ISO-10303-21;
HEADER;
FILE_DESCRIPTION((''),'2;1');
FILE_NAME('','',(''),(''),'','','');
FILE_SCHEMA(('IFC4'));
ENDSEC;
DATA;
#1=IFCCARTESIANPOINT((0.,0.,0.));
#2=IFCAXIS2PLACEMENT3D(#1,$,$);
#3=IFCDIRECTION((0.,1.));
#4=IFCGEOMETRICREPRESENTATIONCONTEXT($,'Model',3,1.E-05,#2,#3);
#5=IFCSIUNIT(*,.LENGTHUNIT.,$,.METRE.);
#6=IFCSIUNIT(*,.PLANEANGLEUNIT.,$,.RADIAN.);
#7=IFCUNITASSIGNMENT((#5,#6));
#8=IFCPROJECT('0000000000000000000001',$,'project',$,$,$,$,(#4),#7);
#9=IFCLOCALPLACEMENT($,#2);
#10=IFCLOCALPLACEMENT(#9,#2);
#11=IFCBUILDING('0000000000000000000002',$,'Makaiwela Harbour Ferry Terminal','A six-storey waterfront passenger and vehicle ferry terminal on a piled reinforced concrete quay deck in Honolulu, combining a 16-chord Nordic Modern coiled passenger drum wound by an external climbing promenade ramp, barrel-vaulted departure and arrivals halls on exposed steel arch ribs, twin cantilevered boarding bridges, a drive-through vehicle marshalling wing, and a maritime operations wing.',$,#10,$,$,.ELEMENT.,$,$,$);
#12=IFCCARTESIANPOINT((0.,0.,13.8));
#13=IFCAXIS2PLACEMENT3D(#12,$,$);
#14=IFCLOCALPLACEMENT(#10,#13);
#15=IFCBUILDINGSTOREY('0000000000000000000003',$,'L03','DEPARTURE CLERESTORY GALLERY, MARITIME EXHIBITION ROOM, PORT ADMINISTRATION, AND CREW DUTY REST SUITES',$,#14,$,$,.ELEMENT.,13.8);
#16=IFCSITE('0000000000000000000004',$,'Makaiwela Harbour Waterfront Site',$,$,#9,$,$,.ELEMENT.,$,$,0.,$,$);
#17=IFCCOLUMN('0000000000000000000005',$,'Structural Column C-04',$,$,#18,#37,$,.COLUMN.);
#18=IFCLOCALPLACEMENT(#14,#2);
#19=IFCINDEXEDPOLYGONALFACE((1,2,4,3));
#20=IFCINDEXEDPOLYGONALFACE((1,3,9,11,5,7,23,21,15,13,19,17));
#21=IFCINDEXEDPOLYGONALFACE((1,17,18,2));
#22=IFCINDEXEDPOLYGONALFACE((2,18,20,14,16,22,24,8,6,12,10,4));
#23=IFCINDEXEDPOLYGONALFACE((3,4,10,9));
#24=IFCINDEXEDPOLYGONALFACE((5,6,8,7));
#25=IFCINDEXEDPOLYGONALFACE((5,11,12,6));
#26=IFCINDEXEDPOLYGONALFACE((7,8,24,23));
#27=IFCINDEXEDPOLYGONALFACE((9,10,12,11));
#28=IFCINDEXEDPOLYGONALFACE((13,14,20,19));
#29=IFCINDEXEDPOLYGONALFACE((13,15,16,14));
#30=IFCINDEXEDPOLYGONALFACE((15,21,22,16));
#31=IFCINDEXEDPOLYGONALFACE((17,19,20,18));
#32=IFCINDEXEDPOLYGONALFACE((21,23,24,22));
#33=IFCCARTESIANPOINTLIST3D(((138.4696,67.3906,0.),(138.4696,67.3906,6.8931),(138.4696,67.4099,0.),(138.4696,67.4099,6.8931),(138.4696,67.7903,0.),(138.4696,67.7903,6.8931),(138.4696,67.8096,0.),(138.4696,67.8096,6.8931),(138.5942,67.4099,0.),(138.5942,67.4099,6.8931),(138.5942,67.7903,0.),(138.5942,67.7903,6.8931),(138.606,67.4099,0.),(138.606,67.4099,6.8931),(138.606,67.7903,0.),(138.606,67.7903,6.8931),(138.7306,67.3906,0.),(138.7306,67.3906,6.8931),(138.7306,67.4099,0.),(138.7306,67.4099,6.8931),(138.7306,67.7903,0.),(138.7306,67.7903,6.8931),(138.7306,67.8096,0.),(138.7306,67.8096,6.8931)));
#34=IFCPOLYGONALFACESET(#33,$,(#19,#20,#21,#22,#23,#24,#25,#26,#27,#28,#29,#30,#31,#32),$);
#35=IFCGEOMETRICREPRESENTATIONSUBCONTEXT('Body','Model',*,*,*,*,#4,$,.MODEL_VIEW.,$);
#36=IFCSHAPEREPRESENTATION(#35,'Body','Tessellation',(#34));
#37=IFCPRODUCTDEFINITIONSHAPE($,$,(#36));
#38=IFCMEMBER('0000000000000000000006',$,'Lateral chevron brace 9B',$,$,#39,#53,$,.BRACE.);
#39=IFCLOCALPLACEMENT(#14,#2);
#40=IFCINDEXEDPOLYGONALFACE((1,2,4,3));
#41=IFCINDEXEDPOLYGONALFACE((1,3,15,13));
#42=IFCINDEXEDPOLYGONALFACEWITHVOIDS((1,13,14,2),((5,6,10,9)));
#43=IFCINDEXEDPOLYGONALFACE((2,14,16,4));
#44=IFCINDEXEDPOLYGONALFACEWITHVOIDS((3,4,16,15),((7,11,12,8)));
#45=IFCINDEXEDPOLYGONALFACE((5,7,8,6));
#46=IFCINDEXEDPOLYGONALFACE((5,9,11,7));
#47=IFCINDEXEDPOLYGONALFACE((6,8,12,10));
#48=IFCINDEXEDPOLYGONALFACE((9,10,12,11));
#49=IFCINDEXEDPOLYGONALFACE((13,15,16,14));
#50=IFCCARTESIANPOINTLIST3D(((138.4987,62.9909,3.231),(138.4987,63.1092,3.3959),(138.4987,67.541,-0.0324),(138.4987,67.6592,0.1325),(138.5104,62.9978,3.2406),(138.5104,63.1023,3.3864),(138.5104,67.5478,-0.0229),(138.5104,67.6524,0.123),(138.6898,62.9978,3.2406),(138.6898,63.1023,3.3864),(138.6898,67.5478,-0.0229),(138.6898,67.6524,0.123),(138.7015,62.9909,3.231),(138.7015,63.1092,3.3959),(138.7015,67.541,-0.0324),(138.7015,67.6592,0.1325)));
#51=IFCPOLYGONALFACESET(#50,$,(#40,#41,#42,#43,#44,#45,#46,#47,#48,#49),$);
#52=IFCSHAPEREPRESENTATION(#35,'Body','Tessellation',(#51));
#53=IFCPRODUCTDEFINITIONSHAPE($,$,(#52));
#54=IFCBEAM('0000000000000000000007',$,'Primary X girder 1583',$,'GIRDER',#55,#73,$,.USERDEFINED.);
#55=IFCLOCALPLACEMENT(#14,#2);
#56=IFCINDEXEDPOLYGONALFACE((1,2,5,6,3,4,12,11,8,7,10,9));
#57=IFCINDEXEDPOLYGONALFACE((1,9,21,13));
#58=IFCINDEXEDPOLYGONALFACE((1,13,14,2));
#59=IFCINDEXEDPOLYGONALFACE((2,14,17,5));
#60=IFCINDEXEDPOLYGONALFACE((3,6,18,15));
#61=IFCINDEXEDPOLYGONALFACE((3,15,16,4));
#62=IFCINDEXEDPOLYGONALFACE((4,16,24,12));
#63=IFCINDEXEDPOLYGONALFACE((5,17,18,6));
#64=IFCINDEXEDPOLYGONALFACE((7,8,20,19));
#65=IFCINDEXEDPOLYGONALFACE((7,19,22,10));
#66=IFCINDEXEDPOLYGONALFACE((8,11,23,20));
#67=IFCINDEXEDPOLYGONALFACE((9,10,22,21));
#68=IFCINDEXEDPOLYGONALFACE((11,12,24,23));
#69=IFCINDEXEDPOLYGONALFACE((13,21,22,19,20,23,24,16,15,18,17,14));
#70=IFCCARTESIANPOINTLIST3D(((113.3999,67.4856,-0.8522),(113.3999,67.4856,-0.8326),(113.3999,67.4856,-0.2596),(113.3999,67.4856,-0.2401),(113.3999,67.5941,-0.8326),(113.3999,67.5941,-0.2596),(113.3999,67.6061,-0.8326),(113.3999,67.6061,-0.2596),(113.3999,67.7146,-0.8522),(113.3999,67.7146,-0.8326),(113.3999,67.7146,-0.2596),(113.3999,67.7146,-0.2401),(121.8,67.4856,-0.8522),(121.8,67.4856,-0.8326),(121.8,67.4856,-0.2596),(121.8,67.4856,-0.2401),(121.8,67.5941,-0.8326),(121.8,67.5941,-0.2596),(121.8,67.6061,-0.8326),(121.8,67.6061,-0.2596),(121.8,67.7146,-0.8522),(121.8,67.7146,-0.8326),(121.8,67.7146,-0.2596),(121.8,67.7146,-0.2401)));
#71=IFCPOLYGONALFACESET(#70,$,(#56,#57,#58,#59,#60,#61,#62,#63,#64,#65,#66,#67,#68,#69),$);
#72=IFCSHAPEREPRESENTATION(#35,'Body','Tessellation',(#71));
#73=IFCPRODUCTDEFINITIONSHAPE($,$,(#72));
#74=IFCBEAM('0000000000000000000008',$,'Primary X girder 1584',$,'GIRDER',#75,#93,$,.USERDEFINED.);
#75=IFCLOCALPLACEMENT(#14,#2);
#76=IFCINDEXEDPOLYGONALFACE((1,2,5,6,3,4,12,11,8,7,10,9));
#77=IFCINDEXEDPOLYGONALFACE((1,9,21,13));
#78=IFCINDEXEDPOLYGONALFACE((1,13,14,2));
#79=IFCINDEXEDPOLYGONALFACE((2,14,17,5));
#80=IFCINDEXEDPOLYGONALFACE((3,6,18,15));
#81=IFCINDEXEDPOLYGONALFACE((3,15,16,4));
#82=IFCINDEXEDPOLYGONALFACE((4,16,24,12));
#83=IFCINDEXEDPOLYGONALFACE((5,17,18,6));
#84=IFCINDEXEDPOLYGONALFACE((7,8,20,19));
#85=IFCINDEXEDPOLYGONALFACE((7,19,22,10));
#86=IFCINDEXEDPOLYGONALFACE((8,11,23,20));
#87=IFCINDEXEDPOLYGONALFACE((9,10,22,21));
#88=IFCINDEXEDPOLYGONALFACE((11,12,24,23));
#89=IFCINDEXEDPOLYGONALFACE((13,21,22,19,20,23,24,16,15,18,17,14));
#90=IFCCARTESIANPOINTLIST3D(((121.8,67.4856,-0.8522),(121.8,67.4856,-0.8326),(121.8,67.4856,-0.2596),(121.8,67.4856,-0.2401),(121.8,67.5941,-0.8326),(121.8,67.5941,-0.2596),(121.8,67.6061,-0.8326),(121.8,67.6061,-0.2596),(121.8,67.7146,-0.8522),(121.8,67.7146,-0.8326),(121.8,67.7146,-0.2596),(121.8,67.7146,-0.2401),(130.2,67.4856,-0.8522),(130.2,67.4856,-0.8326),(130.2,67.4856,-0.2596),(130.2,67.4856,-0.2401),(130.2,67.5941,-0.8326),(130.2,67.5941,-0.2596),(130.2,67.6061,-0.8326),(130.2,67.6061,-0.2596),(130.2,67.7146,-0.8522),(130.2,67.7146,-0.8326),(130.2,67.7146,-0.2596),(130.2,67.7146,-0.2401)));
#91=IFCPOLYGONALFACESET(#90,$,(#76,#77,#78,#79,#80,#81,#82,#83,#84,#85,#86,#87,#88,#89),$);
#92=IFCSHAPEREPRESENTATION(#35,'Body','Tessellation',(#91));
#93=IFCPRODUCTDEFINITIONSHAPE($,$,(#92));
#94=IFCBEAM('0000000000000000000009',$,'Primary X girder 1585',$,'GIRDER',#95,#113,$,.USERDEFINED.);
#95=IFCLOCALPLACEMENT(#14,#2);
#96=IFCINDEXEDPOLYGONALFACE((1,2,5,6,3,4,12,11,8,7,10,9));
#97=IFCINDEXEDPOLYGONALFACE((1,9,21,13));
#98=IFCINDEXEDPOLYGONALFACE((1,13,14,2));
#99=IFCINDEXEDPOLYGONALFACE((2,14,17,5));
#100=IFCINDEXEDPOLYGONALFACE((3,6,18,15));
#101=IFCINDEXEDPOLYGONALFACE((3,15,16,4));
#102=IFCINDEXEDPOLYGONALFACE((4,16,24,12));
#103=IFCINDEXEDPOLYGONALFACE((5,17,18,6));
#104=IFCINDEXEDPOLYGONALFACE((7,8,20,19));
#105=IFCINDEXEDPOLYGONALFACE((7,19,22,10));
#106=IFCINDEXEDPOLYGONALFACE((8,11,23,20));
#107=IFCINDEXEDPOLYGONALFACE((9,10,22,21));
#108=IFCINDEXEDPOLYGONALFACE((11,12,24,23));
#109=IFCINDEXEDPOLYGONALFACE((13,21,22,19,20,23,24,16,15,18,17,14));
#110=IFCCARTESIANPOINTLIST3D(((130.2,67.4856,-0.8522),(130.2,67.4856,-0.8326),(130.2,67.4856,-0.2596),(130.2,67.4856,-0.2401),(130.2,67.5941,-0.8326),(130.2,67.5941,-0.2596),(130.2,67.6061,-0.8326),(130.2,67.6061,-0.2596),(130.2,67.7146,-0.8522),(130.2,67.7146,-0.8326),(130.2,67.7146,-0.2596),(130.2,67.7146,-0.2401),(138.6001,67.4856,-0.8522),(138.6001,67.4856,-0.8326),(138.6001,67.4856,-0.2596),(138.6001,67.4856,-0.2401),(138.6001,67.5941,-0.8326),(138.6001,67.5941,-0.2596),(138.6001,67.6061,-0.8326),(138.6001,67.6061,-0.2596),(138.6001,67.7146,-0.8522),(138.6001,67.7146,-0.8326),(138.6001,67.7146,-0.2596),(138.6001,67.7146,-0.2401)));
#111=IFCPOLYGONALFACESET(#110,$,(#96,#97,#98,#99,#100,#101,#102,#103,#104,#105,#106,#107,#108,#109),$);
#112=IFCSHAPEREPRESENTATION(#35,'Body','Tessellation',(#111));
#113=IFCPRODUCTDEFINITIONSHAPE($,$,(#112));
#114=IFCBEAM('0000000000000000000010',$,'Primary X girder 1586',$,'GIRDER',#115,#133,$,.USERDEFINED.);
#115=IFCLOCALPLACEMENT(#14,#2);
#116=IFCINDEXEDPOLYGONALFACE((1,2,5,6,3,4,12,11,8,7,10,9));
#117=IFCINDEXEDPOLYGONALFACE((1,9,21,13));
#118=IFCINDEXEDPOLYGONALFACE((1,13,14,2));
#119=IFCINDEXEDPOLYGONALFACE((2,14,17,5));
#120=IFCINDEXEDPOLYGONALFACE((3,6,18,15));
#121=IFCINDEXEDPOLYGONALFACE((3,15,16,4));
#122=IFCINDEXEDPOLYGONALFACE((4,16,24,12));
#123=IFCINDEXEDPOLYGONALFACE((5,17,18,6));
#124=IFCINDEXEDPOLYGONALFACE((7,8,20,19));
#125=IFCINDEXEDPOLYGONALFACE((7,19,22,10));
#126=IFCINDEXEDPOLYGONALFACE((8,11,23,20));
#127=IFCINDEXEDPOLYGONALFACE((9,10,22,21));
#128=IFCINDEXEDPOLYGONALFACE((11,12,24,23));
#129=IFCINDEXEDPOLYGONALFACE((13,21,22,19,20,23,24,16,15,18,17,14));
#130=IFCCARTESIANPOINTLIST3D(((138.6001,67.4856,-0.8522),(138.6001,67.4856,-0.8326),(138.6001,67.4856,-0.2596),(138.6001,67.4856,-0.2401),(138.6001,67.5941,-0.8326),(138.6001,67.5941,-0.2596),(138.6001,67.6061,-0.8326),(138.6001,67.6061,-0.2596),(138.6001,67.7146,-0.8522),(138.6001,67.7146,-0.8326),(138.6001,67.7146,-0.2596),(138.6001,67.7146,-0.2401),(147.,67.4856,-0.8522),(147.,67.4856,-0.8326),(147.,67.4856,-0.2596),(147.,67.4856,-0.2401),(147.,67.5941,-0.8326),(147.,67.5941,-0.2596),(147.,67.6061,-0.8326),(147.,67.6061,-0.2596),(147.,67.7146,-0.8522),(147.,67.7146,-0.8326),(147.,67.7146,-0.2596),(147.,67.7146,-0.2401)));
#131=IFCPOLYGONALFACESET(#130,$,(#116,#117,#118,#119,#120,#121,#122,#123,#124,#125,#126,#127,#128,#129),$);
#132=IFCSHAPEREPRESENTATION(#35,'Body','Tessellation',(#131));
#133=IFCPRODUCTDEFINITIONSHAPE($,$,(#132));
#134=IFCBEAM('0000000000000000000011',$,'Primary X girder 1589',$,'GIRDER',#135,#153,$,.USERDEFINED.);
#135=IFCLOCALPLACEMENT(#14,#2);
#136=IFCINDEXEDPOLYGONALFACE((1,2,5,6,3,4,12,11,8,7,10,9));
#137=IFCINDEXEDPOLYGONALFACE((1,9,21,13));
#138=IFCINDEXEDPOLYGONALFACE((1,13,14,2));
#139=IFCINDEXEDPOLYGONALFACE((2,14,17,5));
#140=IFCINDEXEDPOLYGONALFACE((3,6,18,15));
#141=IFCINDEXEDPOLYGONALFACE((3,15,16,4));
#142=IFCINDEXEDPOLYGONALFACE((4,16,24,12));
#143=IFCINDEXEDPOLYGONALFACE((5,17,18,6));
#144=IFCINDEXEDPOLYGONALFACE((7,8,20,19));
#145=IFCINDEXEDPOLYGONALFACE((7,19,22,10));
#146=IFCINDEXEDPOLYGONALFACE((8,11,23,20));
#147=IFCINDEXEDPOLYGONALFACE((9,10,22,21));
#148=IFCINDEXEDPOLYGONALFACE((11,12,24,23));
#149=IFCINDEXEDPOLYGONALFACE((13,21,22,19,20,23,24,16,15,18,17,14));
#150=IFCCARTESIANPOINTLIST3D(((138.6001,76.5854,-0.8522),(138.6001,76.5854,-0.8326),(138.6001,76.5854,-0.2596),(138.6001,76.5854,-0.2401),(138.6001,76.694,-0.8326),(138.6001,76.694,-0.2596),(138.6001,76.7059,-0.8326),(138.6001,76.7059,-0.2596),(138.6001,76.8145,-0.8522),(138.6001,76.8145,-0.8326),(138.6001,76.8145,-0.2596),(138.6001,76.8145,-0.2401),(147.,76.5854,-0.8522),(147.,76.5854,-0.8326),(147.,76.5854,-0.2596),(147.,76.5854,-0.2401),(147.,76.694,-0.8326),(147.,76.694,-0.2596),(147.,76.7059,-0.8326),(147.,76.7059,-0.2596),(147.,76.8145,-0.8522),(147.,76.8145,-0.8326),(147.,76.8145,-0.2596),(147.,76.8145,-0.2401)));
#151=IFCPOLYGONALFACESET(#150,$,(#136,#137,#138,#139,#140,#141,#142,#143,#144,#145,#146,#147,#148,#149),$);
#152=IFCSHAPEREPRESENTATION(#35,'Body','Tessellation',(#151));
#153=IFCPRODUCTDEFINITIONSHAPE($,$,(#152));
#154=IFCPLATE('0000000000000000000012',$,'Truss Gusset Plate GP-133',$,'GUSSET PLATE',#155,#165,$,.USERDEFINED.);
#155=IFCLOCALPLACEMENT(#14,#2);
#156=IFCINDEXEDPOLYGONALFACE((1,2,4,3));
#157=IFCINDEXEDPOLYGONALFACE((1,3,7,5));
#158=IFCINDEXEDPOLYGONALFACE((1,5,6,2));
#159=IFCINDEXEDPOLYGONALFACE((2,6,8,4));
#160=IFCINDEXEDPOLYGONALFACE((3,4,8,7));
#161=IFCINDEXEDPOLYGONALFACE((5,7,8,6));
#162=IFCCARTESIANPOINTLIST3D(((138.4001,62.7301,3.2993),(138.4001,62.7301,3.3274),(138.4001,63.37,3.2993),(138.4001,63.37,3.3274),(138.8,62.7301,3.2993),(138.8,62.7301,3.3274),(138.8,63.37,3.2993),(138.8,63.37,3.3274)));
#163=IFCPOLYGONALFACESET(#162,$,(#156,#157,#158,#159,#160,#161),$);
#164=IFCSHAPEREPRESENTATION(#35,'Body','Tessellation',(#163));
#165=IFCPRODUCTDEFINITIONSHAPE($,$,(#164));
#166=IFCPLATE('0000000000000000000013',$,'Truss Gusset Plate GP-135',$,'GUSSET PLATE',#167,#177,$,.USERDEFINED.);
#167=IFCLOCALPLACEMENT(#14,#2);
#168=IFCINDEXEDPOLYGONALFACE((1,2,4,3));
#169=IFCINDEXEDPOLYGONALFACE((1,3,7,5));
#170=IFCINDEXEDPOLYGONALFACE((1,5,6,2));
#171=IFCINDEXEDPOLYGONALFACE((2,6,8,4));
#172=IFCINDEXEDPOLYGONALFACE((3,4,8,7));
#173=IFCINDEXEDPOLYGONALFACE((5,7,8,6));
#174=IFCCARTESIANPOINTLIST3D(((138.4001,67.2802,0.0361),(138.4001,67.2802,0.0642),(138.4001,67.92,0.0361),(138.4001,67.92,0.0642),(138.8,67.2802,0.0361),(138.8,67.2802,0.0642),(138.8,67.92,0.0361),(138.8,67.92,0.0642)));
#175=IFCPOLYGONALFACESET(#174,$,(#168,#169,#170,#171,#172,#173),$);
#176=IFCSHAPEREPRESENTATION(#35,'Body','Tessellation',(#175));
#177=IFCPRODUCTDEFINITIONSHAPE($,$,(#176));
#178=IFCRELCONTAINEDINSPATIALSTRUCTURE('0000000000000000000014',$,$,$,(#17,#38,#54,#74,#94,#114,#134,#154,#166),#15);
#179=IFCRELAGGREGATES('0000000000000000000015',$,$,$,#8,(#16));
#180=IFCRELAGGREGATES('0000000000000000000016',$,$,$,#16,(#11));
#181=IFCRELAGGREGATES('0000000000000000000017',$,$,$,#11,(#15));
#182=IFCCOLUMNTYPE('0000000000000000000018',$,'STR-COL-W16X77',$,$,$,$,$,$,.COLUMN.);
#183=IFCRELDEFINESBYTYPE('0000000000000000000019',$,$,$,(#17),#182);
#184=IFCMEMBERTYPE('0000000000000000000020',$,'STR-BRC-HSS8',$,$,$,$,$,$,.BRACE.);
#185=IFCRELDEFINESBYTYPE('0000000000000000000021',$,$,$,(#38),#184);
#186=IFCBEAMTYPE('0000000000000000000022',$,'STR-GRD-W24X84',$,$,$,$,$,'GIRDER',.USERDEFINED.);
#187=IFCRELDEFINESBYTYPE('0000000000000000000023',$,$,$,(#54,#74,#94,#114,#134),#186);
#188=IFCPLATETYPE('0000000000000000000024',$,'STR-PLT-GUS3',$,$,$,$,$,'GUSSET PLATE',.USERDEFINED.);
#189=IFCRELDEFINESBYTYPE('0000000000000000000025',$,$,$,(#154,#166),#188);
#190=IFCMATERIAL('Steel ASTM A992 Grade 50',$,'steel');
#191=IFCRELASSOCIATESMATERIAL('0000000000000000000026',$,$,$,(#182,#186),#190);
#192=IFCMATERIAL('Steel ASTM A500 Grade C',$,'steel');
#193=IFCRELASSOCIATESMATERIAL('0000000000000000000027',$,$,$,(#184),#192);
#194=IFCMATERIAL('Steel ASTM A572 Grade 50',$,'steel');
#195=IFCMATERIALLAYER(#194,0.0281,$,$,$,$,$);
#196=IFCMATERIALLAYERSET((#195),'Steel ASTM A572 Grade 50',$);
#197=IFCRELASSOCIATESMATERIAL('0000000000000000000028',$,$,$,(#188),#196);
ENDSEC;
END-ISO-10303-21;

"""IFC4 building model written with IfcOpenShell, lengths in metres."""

from ifc_helpers import new_model, si_unit, direction, frame, origin, origin_2d, place, context, subcontext, project, spatial, rectangle, hollow_rectangle, i_section, extrude, material, layer, layer_set, material_profile, profile_set, type_object, element, save


model = new_model("IFC4")

# Units and contexts
model_context = context("Model", 3, precision=1e-05, world=origin(), true_north=direction((0.0, 1.0)))
body_context = subcontext(model_context, "Body", "Model", "MODEL_VIEW")
ifc_project = project(units=[si_unit("LENGTHUNIT", "METRE"), si_unit("PLANEANGLEUNIT", "RADIAN")], contexts=[model_context])

# Site, building, storey
site_placement = place(None, origin())
site = spatial("IfcSite", under=ifc_project, at=site_placement, Name="Makaiwela Harbour Waterfront Site", CompositionType="ELEMENT", RefElevation=0.0)
building_placement = place(site_placement, origin())
building = spatial("IfcBuilding", under=site, at=building_placement, Name="Makaiwela Harbour Ferry Terminal", Description="A six-storey waterfront passenger and vehicle ferry terminal on a piled reinforced concrete quay deck in Honolulu, combining a 16-chord Nordic Modern coiled passenger drum wound by an external climbing promenade ramp, barrel-vaulted departure and arrivals halls on exposed steel arch ribs, twin cantilevered boarding bridges, a drive-through vehicle marshalling wing, and a maritime operations wing.", CompositionType="ELEMENT")
storey_placement = place(building_placement, frame((0.0, 0.0, 13.8)))
storey = spatial("IfcBuildingStorey", under=building, at=storey_placement, Name="L03", Description="DEPARTURE CLERESTORY GALLERY, MARITIME EXHIBITION ROOM, PORT ADMINISTRATION, AND CREW DUTY REST SUITES", CompositionType="ELEMENT", Elevation=13.8)

# Column
ifc_material_1 = material(Name="Steel ASTM A992 Grade 50", Category="steel")
ifc_material_profile_1 = material_profile(ifc_material_1, i_section(OverallWidth=0.261, OverallDepth=0.4189, WebThickness=0.0117, FlangeThickness=0.0193, at=origin_2d()), Name="W16X77")
ifc_profile_set_1 = profile_set([ifc_material_profile_1], Name="Steel ASTM A992 Grade 50")
column_type = type_object("IfcColumnType", Name="STR-COL-W16X77", PredefinedType="COLUMN", material=ifc_profile_set_1)
column_placement = place(storey_placement, frame((138.6001, 67.6001, 0.0), z_axis=(0.0, 0.0, 1.0), x_axis=(1.0, 0.0, 0.0)))
element("IfcColumn", 1, at=column_placement, inside=storey, type_object=column_type, Name="Structural Column C-04", PredefinedType="COLUMN", context=body_context, shape_type="SweptSolid", body=[
    extrude(i_section(OverallWidth=0.261, OverallDepth=0.4189, WebThickness=0.0117, FlangeThickness=0.0193, at=origin_2d()), origin(), (0.0, 0.0, 1.0), 6.8931),
])

# Member
ifc_material_2 = material(Name="Steel ASTM A500 Grade C", Category="steel")
ifc_material_profile_2 = material_profile(ifc_material_2, hollow_rectangle(XDim=0.2029, YDim=0.2029, WallThickness=0.0117, at=origin_2d()), Name="HSS8X8X1/2")
ifc_profile_set_2 = profile_set([ifc_material_profile_2], Name="Steel ASTM A500 Grade C")
member_type = type_object("IfcMemberType", Name="STR-BRC-HSS8", PredefinedType="BRACE", material=ifc_profile_set_2)
member_placement = place(storey_placement, frame((138.6001, 67.6001, 0.05), z_axis=(0.0, -0.812601, 0.582821), x_axis=(1.0, 0.0, 0.0)))
element("IfcMember", 2, at=member_placement, inside=storey, type_object=member_type, Name="Lateral chevron brace 9B", PredefinedType="BRACE", context=body_context, shape_type="SweptSolid", body=[
    extrude(hollow_rectangle(XDim=0.2029, YDim=0.2029, WallThickness=0.0117, at=origin_2d()), origin(), (0.0, 0.0, 1.0), 5.5994),
])

# Beams
ifc_material_profile_3 = material_profile(ifc_material_1, i_section(OverallWidth=0.229, OverallDepth=0.6121, WebThickness=0.012, FlangeThickness=0.0195, at=origin_2d()), Name="W24X84")
ifc_profile_set_3 = profile_set([ifc_material_profile_3], Name="Steel ASTM A992 Grade 50")
beam_type = type_object("IfcBeamType", Name="STR-GRD-W24X84", ElementType="GIRDER", PredefinedType="USERDEFINED", material=ifc_profile_set_3)
beam_1_placement = place(storey_placement, frame((113.3999, 67.6001, -0.5461), z_axis=(1.0, 0.0, 0.0), x_axis=(0.0, 1.0, 0.0)))
element("IfcBeam", 3, at=beam_1_placement, inside=storey, type_object=beam_type, Name="Primary X girder 1583", ObjectType="GIRDER", PredefinedType="USERDEFINED", context=body_context, shape_type="SweptSolid", body=[
    extrude(i_section(OverallWidth=0.229, OverallDepth=0.6121, WebThickness=0.012, FlangeThickness=0.0195, at=origin_2d()), origin(), (0.0, 0.0, 1.0), 8.4001),
])
beam_2_placement = place(storey_placement, frame((121.8, 67.6001, -0.5461), z_axis=(1.0, 0.0, 0.0), x_axis=(0.0, 1.0, 0.0)))
element("IfcBeam", 4, at=beam_2_placement, inside=storey, type_object=beam_type, Name="Primary X girder 1584", ObjectType="GIRDER", PredefinedType="USERDEFINED", context=body_context, shape_type="SweptSolid", body=[
    extrude(i_section(OverallWidth=0.229, OverallDepth=0.6121, WebThickness=0.012, FlangeThickness=0.0195, at=origin_2d()), origin(), (0.0, 0.0, 1.0), 8.3999),
])
beam_3_placement = place(storey_placement, frame((130.2, 67.6001, -0.5461), z_axis=(1.0, 0.0, 0.0), x_axis=(0.0, 1.0, 0.0)))
element("IfcBeam", 5, at=beam_3_placement, inside=storey, type_object=beam_type, Name="Primary X girder 1585", ObjectType="GIRDER", PredefinedType="USERDEFINED", context=body_context, shape_type="SweptSolid", body=[
    extrude(i_section(OverallWidth=0.229, OverallDepth=0.6121, WebThickness=0.012, FlangeThickness=0.0195, at=origin_2d()), origin(), (0.0, 0.0, 1.0), 8.4001),
])
for number, where, z_axis, x_axis, name in (
    (6, (138.6001, 67.6001, -0.5461), (1.0, 0.0, 0.0), (0.0, 1.0, 0.0), "Primary X girder 1586"),
    (7, (138.6001, 76.7, -0.5461), (1.0, 0.0, 0.0), (0.0, 1.0, 0.0), "Primary X girder 1589"),
):
    element("IfcBeam", number, at=place(storey_placement, frame(where, z_axis=z_axis, x_axis=x_axis)), inside=storey, type_object=beam_type, Name=name, ObjectType="GIRDER", PredefinedType="USERDEFINED", context=body_context, shape_type="SweptSolid", body=[
        extrude(i_section(OverallWidth=0.229, OverallDepth=0.6121, WebThickness=0.012, FlangeThickness=0.0195, at=origin_2d()), origin(), (0.0, 0.0, 1.0), 8.3999),
    ])

# Plates
ifc_material_3 = material(Name="Steel ASTM A572 Grade 50", Category="steel")
ifc_layer = layer(ifc_material_3, 0.0281)
ifc_layer_set = layer_set([ifc_layer], Name="Steel ASTM A572 Grade 50")
plate_type = type_object("IfcPlateType", Name="STR-PLT-GUS3", ElementType="GUSSET PLATE", PredefinedType="USERDEFINED", material=ifc_layer_set)
for number, where, z_axis, x_axis, name in (
    (8, (138.6001, 63.05, 3.2993), (0.0, 0.0, 1.0), (0.0, 1.0, 0.0), "Truss Gusset Plate GP-133"),
    (9, (138.6001, 67.6001, 0.0361), (0.0, 0.0, 1.0), (0.0, 1.0, 0.0), "Truss Gusset Plate GP-135"),
):
    element("IfcPlate", number, at=place(storey_placement, frame(where, z_axis=z_axis, x_axis=x_axis)), inside=storey, type_object=plate_type, Name=name, ObjectType="GUSSET PLATE", PredefinedType="USERDEFINED", context=body_context, shape_type="SweptSolid", body=[
        extrude(rectangle(XDim=0.6399, YDim=0.3999, at=origin_2d()), origin(), (0.0, 0.0, 1.0), 0.0281),
    ])

save(model, "model.ifc")
